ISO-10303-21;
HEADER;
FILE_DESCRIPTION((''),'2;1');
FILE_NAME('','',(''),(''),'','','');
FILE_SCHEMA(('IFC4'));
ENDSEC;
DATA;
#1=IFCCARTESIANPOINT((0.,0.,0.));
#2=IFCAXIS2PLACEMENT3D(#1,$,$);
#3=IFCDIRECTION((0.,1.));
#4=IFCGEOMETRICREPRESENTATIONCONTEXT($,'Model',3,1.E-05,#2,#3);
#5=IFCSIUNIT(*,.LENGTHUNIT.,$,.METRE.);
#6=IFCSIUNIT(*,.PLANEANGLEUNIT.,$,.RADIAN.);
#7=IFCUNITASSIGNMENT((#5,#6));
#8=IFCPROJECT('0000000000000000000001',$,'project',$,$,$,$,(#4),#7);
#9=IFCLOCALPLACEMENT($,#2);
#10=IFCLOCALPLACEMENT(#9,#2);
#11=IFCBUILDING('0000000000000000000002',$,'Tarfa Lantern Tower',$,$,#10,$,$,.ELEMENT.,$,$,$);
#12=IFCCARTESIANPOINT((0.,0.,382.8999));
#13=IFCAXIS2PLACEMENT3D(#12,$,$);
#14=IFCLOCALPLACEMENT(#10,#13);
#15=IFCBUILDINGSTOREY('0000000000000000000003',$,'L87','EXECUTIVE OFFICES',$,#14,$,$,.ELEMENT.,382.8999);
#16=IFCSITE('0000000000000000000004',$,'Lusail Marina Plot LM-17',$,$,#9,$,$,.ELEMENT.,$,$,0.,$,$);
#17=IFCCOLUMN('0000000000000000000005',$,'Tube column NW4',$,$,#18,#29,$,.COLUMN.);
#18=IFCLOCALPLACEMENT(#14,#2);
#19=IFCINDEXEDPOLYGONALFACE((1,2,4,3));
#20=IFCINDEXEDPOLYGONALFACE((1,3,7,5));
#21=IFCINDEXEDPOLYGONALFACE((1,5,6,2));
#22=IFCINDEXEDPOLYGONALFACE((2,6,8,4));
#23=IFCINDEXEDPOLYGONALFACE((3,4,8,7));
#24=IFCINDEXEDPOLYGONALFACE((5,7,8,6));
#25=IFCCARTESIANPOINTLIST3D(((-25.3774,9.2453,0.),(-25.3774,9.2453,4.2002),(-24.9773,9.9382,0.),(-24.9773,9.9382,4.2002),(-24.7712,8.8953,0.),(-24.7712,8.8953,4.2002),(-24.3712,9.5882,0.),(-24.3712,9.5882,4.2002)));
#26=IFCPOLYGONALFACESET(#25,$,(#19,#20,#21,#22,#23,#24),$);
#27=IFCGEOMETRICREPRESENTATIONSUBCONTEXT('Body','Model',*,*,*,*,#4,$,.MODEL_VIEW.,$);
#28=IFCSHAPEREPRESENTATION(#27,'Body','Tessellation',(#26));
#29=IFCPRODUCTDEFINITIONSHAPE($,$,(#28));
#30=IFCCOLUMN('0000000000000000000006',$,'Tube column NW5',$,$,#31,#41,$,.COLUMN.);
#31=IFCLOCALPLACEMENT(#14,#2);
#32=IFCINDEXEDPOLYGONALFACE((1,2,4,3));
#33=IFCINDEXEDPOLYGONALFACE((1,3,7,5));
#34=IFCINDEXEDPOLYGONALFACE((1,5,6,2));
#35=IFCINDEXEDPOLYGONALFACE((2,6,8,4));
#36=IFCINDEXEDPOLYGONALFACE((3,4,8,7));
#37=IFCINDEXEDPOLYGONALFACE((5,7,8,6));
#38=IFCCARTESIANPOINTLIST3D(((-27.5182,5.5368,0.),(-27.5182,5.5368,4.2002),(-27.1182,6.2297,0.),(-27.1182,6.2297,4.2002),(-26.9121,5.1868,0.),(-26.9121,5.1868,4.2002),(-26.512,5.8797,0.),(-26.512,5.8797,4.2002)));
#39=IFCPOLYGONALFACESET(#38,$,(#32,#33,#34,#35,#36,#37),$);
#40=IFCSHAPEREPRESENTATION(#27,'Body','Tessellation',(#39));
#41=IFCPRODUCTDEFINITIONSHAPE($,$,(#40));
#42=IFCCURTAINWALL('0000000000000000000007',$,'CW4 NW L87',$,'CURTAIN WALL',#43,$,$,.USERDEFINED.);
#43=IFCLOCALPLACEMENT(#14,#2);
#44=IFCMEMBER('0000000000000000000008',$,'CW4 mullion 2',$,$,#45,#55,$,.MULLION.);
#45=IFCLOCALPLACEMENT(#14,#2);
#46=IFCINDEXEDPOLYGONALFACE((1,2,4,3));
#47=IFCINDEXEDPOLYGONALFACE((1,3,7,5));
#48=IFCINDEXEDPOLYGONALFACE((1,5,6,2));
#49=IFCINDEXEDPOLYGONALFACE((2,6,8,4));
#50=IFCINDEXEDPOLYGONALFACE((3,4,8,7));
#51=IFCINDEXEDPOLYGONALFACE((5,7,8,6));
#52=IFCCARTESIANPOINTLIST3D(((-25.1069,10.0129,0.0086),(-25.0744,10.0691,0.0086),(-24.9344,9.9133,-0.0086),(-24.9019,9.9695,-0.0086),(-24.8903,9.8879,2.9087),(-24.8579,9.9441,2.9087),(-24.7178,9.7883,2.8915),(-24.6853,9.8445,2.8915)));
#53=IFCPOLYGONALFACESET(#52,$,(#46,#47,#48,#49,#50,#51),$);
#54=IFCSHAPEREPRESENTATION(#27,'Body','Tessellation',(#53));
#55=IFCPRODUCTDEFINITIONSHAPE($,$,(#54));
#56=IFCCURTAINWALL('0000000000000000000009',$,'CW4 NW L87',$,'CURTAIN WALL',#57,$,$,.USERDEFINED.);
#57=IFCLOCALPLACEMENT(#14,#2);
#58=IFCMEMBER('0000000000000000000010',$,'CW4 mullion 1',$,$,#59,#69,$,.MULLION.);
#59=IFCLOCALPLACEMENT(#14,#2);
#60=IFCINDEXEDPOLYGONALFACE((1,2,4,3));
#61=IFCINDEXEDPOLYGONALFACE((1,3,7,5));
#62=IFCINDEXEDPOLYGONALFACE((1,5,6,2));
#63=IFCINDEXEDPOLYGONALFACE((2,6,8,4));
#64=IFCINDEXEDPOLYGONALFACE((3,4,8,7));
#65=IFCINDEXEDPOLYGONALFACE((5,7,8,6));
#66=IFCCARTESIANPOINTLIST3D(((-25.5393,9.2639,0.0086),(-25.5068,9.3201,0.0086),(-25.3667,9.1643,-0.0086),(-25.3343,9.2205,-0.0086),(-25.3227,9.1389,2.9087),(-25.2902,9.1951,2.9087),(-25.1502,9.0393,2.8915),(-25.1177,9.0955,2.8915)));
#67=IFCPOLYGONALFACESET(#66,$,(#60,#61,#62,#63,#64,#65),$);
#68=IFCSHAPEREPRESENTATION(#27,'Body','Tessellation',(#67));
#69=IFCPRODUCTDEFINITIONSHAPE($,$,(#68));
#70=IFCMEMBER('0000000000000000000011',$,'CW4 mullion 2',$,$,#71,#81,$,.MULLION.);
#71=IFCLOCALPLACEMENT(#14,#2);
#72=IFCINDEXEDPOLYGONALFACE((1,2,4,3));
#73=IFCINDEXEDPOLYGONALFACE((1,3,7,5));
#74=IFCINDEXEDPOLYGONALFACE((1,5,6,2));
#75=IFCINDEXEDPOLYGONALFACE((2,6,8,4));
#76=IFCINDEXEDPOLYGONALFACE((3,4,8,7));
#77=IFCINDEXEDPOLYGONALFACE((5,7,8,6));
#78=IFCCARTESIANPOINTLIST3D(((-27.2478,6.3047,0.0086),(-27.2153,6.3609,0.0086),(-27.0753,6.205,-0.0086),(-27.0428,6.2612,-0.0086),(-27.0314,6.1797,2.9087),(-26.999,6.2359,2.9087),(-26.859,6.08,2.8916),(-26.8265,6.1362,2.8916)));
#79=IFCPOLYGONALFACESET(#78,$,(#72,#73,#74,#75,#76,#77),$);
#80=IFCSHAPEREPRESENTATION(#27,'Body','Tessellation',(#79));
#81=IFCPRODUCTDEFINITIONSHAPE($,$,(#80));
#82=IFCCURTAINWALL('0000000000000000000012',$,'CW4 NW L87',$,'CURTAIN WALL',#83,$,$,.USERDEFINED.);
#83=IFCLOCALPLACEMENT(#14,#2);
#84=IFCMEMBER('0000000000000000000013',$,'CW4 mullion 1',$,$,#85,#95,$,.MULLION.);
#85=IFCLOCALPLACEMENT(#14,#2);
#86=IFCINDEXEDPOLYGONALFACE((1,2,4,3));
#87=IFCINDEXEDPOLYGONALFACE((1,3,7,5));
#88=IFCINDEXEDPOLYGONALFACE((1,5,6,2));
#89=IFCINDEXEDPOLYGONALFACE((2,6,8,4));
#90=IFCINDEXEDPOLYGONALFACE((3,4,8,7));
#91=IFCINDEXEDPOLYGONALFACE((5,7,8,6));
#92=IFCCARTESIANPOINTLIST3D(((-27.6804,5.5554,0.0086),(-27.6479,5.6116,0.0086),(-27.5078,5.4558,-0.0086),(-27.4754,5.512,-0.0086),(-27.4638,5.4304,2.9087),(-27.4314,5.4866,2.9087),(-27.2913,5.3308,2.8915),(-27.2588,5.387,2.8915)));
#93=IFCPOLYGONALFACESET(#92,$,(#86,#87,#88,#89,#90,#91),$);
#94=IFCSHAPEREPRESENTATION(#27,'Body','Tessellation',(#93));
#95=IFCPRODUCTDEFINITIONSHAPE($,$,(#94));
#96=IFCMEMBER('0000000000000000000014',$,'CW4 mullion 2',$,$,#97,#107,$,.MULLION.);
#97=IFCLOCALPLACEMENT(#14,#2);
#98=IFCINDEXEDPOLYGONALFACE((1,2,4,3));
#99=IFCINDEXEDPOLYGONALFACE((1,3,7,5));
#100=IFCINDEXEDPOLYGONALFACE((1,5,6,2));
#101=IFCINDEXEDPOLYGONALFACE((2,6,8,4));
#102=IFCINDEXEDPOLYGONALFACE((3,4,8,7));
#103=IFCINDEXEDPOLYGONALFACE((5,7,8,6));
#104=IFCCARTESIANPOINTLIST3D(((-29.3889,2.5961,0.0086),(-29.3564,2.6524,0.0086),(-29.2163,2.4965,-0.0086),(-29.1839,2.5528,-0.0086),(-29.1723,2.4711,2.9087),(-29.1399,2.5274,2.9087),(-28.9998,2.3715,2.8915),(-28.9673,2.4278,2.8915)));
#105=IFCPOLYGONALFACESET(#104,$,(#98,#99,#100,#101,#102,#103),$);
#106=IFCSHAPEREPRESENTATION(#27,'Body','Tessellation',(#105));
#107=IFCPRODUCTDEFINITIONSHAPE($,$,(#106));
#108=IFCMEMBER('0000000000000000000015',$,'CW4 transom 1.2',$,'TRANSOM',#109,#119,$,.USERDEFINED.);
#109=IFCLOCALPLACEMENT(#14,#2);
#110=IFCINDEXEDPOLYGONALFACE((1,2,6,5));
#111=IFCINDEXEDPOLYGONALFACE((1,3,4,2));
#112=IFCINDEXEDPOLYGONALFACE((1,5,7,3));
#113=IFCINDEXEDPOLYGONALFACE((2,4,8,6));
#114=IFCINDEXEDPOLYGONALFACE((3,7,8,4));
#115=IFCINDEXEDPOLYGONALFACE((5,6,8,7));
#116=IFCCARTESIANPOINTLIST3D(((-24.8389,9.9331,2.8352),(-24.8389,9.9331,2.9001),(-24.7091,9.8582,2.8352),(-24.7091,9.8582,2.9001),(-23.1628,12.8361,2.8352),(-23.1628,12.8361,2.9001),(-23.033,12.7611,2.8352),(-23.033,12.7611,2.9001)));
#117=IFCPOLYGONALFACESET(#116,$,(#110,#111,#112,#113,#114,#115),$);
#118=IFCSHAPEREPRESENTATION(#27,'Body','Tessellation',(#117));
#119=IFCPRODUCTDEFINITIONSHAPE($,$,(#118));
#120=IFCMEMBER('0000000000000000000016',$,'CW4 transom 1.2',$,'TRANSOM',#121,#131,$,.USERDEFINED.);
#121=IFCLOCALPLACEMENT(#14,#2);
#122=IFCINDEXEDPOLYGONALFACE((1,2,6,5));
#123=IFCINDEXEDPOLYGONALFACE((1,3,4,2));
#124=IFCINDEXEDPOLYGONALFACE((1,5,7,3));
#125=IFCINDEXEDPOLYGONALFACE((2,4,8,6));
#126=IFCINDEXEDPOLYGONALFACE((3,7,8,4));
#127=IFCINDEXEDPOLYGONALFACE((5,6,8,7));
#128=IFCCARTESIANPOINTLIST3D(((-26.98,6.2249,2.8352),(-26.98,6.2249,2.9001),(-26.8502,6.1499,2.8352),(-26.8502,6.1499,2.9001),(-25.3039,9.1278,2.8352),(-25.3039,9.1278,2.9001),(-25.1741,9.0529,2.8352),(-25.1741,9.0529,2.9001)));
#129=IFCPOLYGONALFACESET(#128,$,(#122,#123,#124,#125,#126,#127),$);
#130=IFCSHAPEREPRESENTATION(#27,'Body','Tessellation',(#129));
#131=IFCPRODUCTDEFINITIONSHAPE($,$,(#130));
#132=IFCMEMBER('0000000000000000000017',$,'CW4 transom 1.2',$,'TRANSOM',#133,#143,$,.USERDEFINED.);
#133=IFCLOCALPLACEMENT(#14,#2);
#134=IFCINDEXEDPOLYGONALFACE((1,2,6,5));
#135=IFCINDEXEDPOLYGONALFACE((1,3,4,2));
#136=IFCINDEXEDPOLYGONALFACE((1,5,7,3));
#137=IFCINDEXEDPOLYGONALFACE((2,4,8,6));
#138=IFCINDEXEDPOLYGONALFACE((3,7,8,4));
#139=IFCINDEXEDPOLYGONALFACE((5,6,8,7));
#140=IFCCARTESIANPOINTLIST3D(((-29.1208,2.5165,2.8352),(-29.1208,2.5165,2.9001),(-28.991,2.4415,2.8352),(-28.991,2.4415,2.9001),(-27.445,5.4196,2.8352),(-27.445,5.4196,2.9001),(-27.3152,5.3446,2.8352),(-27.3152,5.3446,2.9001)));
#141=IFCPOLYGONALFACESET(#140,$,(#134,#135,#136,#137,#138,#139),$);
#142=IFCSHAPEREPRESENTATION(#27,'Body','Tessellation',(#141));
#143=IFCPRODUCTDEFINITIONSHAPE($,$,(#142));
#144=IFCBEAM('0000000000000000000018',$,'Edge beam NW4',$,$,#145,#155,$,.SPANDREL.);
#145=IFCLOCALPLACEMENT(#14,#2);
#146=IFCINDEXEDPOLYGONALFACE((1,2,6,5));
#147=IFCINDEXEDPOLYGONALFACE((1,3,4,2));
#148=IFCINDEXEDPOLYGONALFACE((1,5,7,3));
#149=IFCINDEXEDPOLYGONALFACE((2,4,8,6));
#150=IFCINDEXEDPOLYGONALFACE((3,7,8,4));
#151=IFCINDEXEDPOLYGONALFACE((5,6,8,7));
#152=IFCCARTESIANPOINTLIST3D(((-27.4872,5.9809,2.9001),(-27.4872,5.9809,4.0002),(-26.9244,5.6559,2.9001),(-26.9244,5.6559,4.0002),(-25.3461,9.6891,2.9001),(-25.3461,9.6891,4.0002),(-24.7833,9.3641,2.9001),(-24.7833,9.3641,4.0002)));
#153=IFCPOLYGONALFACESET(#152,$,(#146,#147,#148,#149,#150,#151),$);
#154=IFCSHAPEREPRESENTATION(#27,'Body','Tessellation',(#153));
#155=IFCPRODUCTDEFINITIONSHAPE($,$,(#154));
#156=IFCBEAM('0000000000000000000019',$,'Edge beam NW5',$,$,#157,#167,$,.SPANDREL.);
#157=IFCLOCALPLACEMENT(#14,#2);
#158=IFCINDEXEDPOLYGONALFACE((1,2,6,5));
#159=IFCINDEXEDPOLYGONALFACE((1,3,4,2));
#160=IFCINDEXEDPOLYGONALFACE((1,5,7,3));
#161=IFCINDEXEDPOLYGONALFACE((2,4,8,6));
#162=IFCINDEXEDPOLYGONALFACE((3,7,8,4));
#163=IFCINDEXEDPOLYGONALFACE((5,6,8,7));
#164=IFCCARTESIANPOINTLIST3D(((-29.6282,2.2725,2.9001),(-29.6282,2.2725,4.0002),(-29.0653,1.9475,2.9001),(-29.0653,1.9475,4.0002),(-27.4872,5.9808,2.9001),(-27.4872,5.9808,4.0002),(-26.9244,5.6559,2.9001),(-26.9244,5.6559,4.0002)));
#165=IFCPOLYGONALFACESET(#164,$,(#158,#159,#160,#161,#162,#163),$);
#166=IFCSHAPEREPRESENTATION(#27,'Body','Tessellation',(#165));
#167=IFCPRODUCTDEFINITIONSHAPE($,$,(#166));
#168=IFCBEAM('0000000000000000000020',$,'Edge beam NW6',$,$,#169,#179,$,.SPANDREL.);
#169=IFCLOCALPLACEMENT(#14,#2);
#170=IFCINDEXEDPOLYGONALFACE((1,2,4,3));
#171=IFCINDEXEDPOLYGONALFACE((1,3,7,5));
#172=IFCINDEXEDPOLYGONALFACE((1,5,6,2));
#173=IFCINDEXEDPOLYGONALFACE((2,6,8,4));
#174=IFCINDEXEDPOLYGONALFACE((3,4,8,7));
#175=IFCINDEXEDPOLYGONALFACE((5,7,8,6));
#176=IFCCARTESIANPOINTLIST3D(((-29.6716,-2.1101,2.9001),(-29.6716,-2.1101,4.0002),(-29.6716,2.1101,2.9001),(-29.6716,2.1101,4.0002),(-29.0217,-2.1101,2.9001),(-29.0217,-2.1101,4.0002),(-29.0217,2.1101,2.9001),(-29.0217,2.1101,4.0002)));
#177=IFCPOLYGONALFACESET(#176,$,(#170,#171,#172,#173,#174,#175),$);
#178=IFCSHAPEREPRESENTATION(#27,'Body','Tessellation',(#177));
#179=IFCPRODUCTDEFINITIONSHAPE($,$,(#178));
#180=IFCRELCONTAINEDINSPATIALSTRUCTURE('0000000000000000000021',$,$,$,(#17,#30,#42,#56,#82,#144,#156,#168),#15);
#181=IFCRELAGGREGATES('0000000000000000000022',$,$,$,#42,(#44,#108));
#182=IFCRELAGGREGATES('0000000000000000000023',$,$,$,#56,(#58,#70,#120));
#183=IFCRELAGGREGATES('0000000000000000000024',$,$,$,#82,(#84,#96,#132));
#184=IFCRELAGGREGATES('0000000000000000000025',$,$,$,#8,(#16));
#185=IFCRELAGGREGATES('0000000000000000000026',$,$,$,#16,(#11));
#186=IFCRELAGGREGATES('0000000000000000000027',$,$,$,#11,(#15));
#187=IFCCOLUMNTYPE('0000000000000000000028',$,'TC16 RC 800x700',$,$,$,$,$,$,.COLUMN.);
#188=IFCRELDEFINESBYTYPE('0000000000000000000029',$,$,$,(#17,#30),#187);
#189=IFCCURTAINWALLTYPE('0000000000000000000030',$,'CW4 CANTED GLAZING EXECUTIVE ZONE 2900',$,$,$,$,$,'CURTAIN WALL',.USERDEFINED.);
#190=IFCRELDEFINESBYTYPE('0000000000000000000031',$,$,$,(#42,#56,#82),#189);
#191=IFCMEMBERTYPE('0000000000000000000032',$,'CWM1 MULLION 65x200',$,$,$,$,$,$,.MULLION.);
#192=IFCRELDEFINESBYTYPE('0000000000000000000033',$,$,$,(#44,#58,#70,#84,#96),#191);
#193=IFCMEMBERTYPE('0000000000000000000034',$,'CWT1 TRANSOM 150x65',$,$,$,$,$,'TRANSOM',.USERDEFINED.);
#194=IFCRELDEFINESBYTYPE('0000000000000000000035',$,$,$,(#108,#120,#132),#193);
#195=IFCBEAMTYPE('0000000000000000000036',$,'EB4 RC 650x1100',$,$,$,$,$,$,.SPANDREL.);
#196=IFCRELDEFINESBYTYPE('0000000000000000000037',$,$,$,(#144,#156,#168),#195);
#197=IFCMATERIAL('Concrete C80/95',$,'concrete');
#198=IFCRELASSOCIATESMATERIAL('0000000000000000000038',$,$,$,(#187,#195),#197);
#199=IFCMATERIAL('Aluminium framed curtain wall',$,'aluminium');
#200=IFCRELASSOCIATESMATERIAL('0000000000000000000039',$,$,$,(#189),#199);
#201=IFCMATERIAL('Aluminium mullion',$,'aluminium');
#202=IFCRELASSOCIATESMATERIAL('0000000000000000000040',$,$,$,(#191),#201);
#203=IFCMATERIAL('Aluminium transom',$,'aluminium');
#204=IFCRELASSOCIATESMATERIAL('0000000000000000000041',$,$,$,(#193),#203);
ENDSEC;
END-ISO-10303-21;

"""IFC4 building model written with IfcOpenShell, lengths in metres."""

from ifc_helpers import new_model, si_unit, direction, frame, origin, origin_2d, place, context, subcontext, project, spatial, rectangle, extrude, material, material_profile, profile_set, type_object, element, aggregate, save


model = new_model("IFC4")

# Units and contexts
model_context = context("Model", 3, precision=1e-05, world=origin(), true_north=direction((0.0, 1.0)))
body_context = subcontext(model_context, "Body", "Model", "MODEL_VIEW")
ifc_project = project(units=[si_unit("LENGTHUNIT", "METRE"), si_unit("PLANEANGLEUNIT", "RADIAN")], contexts=[model_context])

# Site, building, storey
site_placement = place(None, origin())
site = spatial("IfcSite", under=ifc_project, at=site_placement, Name="Lusail Marina Plot LM-17", CompositionType="ELEMENT", RefElevation=0.0)
building_placement = place(site_placement, origin())
building = spatial("IfcBuilding", under=site, at=building_placement, Name="Tarfa Lantern Tower", CompositionType="ELEMENT")
storey_placement = place(building_placement, frame((0.0, 0.0, 382.8999)))
storey = spatial("IfcBuildingStorey", under=building, at=storey_placement, Name="L87", Description="EXECUTIVE OFFICES", CompositionType="ELEMENT", Elevation=382.8999)

# Columns
ifc_material_1 = material(Name="Concrete C80/95", Category="concrete")
ifc_material_profile_1 = material_profile(ifc_material_1, rectangle(XDim=0.8, YDim=0.7, at=origin_2d()), Name="RC 800x700")
ifc_profile_set_1 = profile_set([ifc_material_profile_1], Name="Concrete C80/95")
column_type = type_object("IfcColumnType", Name="TC16 RC 800x700", PredefinedType="COLUMN", material=ifc_profile_set_1)
for number, where, z_axis, x_axis, name in (
    (1, (-24.8743, 9.4167, 0.0), (0.0, 0.0, 1.0), (-0.5, -0.866025, 0.0), "Tube column NW4"),
    (2, (-27.0151, 5.7083, 0.0), (0.0, 0.0, 1.0), (-0.5, -0.866025, 0.0), "Tube column NW5"),
):
    element("IfcColumn", number, at=place(storey_placement, frame(where, z_axis=z_axis, x_axis=x_axis)), inside=storey, type_object=column_type, Name=name, PredefinedType="COLUMN", context=body_context, shape_type="SweptSolid", body=[
        extrude(rectangle(XDim=0.8, YDim=0.7, at=origin_2d()), origin(), (0.0, 0.0, 1.0), 4.2002),
    ])

# Curtain wall, member
ifc_material_2 = material(Name="Aluminium framed curtain wall", Category="aluminium")
curtain_wall_type = type_object("IfcCurtainWallType", Name="CW4 CANTED GLAZING EXECUTIVE ZONE 2900", ElementType="CURTAIN WALL", PredefinedType="USERDEFINED", material=ifc_material_2)
curtain_wall_1_placement = place(storey_placement, origin())
curtain_wall_1 = element("IfcCurtainWall", 3, at=curtain_wall_1_placement, inside=storey, type_object=curtain_wall_type, Name="CW4 NW L87", ObjectType="CURTAIN WALL", PredefinedType="USERDEFINED")
ifc_material_3 = material(Name="Aluminium mullion", Category="aluminium")
ifc_material_profile_2 = material_profile(ifc_material_3, rectangle(XDim=0.0649, YDim=0.2, at=origin_2d()), Name="AL MULLION 65x200")
ifc_profile_set_2 = profile_set([ifc_material_profile_2], Name="Aluminium mullion")
member_type_1 = type_object("IfcMemberType", Name="CWM1 MULLION 65x200", PredefinedType="MULLION", material=ifc_profile_set_2)
member_1_placement = place(storey_placement, frame((-25.0044, 9.9912, 0.0), z_axis=(0.074394, -0.042942, 0.996304), x_axis=(0.49992, 0.866072, 0.0)))
member_1 = element("IfcMember", 4, at=member_1_placement, type_object=member_type_1, Name="CW4 mullion 2", PredefinedType="MULLION", context=body_context, shape_type="SweptSolid", body=[
    extrude(rectangle(XDim=0.0649, YDim=0.2, at=origin_2d()), origin(), (0.0, 0.0, 1.0), 2.9109),
])

# Curtain walls, members
curtain_wall_2_placement = place(storey_placement, origin())
curtain_wall_2 = element("IfcCurtainWall", 5, at=curtain_wall_2_placement, inside=storey, type_object=curtain_wall_type, Name="CW4 NW L87", ObjectType="CURTAIN WALL", PredefinedType="USERDEFINED")
member_2_placement = place(storey_placement, frame((-25.4368, 9.2422, 0.0), z_axis=(0.074394, -0.042942, 0.996304), x_axis=(0.49992, 0.866072, 0.0)))
member_2 = element("IfcMember", 6, at=member_2_placement, type_object=member_type_1, Name="CW4 mullion 1", PredefinedType="MULLION", context=body_context, shape_type="SweptSolid", body=[
    extrude(rectangle(XDim=0.0649, YDim=0.2, at=origin_2d()), origin(), (0.0, 0.0, 1.0), 2.9109),
])
member_3_placement = place(storey_placement, frame((-27.1453, 6.283, 0.0), z_axis=(0.07431, -0.042942, 0.99631), x_axis=(0.500343, 0.865827, 0.0)))
member_3 = element("IfcMember", 7, at=member_3_placement, type_object=member_type_1, Name="CW4 mullion 2", PredefinedType="MULLION", context=body_context, shape_type="SweptSolid", body=[
    extrude(rectangle(XDim=0.0649, YDim=0.2, at=origin_2d()), origin(), (0.0, 0.0, 1.0), 2.9109),
])
curtain_wall_3_placement = place(storey_placement, origin())
curtain_wall_3 = element("IfcCurtainWall", 8, at=curtain_wall_3_placement, inside=storey, type_object=curtain_wall_type, Name="CW4 NW L87", ObjectType="CURTAIN WALL", PredefinedType="USERDEFINED")
member_4_placement = place(storey_placement, frame((-27.5779, 5.5337, 0.0), z_axis=(0.074394, -0.042942, 0.996304), x_axis=(0.49992, 0.866072, 0.0)))
member_4 = element("IfcMember", 9, at=member_4_placement, type_object=member_type_1, Name="CW4 mullion 1", PredefinedType="MULLION", context=body_context, shape_type="SweptSolid", body=[
    extrude(rectangle(XDim=0.0649, YDim=0.2, at=origin_2d()), origin(), (0.0, 0.0, 1.0), 2.9109),
])
member_5_placement = place(storey_placement, frame((-29.2864, 2.5745, 0.0), z_axis=(0.074394, -0.042942, 0.996304), x_axis=(0.49992, 0.866072, 0.0)))
member_5 = element("IfcMember", 10, at=member_5_placement, type_object=member_type_1, Name="CW4 mullion 2", PredefinedType="MULLION", context=body_context, shape_type="SweptSolid", body=[
    extrude(rectangle(XDim=0.0649, YDim=0.2, at=origin_2d()), origin(), (0.0, 0.0, 1.0), 2.9109),
])

# Members
ifc_material_4 = material(Name="Aluminium transom", Category="aluminium")
ifc_material_profile_3 = material_profile(ifc_material_4, rectangle(XDim=0.1499, YDim=0.0649, at=origin_2d()), Name="AL TRANSOM 150x65")
ifc_profile_set_3 = profile_set([ifc_material_profile_3], Name="Aluminium transom")
member_type_2 = type_object("IfcMemberType", Name="CWT1 TRANSOM 150x65", ElementType="TRANSOM", PredefinedType="USERDEFINED", material=ifc_profile_set_3)
member_6_placement = place(storey_placement, frame((-23.0979, 12.7986, 2.8677), z_axis=(-0.500017, -0.866016, 0.0), x_axis=(0.866016, -0.500017, 0.0)))
member_6 = element("IfcMember", 11, at=member_6_placement, type_object=member_type_2, Name="CW4 transom 1.2", ObjectType="TRANSOM", PredefinedType="USERDEFINED", context=body_context, shape_type="SweptSolid", body=[
    extrude(rectangle(XDim=0.1499, YDim=0.0649, at=origin_2d()), origin(), (0.0, 0.0, 1.0), 3.3521),
])
aggregate(curtain_wall_1, [member_1, member_6])
member_7_placement = place(storey_placement, frame((-25.239, 9.0903, 2.8677), z_axis=(-0.500017, -0.866016, 0.0), x_axis=(0.866016, -0.500017, 0.0)))
member_7 = element("IfcMember", 12, at=member_7_placement, type_object=member_type_2, Name="CW4 transom 1.2", ObjectType="TRANSOM", PredefinedType="USERDEFINED", context=body_context, shape_type="SweptSolid", body=[
    extrude(rectangle(XDim=0.1499, YDim=0.0649, at=origin_2d()), origin(), (0.0, 0.0, 1.0), 3.3521),
])
member_8_placement = place(storey_placement, frame((-27.3801, 5.3821, 2.8677), z_axis=(-0.499931, -0.866066, 0.0), x_axis=(0.866066, -0.499931, 0.0)))
member_8 = element("IfcMember", 13, at=member_8_placement, type_object=member_type_2, Name="CW4 transom 1.2", ObjectType="TRANSOM", PredefinedType="USERDEFINED", context=body_context, shape_type="SweptSolid", body=[
    extrude(rectangle(XDim=0.1499, YDim=0.0649, at=origin_2d()), origin(), (0.0, 0.0, 1.0), 3.3521),
])

# Beams
ifc_material_profile_4 = material_profile(ifc_material_1, rectangle(XDim=0.6499, YDim=1.1001, at=origin_2d()), Name="RC 650x1100")
ifc_profile_set_4 = profile_set([ifc_material_profile_4], Name="Concrete C80/95")
beam_type_1 = type_object("IfcBeamType", Name="EB4 RC 650x1100", PredefinedType="SPANDREL", material=ifc_profile_set_4)
for number, where, z_axis, x_axis, name in (
    (14, (-25.0647, 9.5266, 3.4502), (-0.500027, -0.86601, 0.0), (0.86601, -0.500027, 0.0), "Edge beam NW4"),
    (15, (-27.2058, 5.8184, 3.4502), (-0.499984, -0.866035, 0.0), (0.866035, -0.499984, 0.0), "Edge beam NW5"),
):
    element("IfcBeam", number, at=place(storey_placement, frame(where, z_axis=z_axis, x_axis=x_axis)), inside=storey, type_object=beam_type_1, Name=name, PredefinedType="SPANDREL", context=body_context, shape_type="SweptSolid", body=[
        extrude(rectangle(XDim=0.6499, YDim=1.1001, at=origin_2d()), origin(), (0.0, 0.0, 1.0), 4.282),
    ])
beam_1_placement = place(storey_placement, frame((-29.3467, 2.1101, 3.4502), z_axis=(0.0, -1.0, 0.0), x_axis=(1.0, 0.0, 0.0)))
element("IfcBeam", 16, at=beam_1_placement, inside=storey, type_object=beam_type_1, Name="Edge beam NW6", PredefinedType="SPANDREL", context=body_context, shape_type="SweptSolid", body=[
    extrude(rectangle(XDim=0.6499, YDim=1.1001, at=origin_2d()), origin(), (0.0, 0.0, 1.0), 4.2202),
])

aggregate(curtain_wall_2, [member_2, member_3, member_7])
aggregate(curtain_wall_3, [member_4, member_5, member_8])

save(model, "model.ifc")
